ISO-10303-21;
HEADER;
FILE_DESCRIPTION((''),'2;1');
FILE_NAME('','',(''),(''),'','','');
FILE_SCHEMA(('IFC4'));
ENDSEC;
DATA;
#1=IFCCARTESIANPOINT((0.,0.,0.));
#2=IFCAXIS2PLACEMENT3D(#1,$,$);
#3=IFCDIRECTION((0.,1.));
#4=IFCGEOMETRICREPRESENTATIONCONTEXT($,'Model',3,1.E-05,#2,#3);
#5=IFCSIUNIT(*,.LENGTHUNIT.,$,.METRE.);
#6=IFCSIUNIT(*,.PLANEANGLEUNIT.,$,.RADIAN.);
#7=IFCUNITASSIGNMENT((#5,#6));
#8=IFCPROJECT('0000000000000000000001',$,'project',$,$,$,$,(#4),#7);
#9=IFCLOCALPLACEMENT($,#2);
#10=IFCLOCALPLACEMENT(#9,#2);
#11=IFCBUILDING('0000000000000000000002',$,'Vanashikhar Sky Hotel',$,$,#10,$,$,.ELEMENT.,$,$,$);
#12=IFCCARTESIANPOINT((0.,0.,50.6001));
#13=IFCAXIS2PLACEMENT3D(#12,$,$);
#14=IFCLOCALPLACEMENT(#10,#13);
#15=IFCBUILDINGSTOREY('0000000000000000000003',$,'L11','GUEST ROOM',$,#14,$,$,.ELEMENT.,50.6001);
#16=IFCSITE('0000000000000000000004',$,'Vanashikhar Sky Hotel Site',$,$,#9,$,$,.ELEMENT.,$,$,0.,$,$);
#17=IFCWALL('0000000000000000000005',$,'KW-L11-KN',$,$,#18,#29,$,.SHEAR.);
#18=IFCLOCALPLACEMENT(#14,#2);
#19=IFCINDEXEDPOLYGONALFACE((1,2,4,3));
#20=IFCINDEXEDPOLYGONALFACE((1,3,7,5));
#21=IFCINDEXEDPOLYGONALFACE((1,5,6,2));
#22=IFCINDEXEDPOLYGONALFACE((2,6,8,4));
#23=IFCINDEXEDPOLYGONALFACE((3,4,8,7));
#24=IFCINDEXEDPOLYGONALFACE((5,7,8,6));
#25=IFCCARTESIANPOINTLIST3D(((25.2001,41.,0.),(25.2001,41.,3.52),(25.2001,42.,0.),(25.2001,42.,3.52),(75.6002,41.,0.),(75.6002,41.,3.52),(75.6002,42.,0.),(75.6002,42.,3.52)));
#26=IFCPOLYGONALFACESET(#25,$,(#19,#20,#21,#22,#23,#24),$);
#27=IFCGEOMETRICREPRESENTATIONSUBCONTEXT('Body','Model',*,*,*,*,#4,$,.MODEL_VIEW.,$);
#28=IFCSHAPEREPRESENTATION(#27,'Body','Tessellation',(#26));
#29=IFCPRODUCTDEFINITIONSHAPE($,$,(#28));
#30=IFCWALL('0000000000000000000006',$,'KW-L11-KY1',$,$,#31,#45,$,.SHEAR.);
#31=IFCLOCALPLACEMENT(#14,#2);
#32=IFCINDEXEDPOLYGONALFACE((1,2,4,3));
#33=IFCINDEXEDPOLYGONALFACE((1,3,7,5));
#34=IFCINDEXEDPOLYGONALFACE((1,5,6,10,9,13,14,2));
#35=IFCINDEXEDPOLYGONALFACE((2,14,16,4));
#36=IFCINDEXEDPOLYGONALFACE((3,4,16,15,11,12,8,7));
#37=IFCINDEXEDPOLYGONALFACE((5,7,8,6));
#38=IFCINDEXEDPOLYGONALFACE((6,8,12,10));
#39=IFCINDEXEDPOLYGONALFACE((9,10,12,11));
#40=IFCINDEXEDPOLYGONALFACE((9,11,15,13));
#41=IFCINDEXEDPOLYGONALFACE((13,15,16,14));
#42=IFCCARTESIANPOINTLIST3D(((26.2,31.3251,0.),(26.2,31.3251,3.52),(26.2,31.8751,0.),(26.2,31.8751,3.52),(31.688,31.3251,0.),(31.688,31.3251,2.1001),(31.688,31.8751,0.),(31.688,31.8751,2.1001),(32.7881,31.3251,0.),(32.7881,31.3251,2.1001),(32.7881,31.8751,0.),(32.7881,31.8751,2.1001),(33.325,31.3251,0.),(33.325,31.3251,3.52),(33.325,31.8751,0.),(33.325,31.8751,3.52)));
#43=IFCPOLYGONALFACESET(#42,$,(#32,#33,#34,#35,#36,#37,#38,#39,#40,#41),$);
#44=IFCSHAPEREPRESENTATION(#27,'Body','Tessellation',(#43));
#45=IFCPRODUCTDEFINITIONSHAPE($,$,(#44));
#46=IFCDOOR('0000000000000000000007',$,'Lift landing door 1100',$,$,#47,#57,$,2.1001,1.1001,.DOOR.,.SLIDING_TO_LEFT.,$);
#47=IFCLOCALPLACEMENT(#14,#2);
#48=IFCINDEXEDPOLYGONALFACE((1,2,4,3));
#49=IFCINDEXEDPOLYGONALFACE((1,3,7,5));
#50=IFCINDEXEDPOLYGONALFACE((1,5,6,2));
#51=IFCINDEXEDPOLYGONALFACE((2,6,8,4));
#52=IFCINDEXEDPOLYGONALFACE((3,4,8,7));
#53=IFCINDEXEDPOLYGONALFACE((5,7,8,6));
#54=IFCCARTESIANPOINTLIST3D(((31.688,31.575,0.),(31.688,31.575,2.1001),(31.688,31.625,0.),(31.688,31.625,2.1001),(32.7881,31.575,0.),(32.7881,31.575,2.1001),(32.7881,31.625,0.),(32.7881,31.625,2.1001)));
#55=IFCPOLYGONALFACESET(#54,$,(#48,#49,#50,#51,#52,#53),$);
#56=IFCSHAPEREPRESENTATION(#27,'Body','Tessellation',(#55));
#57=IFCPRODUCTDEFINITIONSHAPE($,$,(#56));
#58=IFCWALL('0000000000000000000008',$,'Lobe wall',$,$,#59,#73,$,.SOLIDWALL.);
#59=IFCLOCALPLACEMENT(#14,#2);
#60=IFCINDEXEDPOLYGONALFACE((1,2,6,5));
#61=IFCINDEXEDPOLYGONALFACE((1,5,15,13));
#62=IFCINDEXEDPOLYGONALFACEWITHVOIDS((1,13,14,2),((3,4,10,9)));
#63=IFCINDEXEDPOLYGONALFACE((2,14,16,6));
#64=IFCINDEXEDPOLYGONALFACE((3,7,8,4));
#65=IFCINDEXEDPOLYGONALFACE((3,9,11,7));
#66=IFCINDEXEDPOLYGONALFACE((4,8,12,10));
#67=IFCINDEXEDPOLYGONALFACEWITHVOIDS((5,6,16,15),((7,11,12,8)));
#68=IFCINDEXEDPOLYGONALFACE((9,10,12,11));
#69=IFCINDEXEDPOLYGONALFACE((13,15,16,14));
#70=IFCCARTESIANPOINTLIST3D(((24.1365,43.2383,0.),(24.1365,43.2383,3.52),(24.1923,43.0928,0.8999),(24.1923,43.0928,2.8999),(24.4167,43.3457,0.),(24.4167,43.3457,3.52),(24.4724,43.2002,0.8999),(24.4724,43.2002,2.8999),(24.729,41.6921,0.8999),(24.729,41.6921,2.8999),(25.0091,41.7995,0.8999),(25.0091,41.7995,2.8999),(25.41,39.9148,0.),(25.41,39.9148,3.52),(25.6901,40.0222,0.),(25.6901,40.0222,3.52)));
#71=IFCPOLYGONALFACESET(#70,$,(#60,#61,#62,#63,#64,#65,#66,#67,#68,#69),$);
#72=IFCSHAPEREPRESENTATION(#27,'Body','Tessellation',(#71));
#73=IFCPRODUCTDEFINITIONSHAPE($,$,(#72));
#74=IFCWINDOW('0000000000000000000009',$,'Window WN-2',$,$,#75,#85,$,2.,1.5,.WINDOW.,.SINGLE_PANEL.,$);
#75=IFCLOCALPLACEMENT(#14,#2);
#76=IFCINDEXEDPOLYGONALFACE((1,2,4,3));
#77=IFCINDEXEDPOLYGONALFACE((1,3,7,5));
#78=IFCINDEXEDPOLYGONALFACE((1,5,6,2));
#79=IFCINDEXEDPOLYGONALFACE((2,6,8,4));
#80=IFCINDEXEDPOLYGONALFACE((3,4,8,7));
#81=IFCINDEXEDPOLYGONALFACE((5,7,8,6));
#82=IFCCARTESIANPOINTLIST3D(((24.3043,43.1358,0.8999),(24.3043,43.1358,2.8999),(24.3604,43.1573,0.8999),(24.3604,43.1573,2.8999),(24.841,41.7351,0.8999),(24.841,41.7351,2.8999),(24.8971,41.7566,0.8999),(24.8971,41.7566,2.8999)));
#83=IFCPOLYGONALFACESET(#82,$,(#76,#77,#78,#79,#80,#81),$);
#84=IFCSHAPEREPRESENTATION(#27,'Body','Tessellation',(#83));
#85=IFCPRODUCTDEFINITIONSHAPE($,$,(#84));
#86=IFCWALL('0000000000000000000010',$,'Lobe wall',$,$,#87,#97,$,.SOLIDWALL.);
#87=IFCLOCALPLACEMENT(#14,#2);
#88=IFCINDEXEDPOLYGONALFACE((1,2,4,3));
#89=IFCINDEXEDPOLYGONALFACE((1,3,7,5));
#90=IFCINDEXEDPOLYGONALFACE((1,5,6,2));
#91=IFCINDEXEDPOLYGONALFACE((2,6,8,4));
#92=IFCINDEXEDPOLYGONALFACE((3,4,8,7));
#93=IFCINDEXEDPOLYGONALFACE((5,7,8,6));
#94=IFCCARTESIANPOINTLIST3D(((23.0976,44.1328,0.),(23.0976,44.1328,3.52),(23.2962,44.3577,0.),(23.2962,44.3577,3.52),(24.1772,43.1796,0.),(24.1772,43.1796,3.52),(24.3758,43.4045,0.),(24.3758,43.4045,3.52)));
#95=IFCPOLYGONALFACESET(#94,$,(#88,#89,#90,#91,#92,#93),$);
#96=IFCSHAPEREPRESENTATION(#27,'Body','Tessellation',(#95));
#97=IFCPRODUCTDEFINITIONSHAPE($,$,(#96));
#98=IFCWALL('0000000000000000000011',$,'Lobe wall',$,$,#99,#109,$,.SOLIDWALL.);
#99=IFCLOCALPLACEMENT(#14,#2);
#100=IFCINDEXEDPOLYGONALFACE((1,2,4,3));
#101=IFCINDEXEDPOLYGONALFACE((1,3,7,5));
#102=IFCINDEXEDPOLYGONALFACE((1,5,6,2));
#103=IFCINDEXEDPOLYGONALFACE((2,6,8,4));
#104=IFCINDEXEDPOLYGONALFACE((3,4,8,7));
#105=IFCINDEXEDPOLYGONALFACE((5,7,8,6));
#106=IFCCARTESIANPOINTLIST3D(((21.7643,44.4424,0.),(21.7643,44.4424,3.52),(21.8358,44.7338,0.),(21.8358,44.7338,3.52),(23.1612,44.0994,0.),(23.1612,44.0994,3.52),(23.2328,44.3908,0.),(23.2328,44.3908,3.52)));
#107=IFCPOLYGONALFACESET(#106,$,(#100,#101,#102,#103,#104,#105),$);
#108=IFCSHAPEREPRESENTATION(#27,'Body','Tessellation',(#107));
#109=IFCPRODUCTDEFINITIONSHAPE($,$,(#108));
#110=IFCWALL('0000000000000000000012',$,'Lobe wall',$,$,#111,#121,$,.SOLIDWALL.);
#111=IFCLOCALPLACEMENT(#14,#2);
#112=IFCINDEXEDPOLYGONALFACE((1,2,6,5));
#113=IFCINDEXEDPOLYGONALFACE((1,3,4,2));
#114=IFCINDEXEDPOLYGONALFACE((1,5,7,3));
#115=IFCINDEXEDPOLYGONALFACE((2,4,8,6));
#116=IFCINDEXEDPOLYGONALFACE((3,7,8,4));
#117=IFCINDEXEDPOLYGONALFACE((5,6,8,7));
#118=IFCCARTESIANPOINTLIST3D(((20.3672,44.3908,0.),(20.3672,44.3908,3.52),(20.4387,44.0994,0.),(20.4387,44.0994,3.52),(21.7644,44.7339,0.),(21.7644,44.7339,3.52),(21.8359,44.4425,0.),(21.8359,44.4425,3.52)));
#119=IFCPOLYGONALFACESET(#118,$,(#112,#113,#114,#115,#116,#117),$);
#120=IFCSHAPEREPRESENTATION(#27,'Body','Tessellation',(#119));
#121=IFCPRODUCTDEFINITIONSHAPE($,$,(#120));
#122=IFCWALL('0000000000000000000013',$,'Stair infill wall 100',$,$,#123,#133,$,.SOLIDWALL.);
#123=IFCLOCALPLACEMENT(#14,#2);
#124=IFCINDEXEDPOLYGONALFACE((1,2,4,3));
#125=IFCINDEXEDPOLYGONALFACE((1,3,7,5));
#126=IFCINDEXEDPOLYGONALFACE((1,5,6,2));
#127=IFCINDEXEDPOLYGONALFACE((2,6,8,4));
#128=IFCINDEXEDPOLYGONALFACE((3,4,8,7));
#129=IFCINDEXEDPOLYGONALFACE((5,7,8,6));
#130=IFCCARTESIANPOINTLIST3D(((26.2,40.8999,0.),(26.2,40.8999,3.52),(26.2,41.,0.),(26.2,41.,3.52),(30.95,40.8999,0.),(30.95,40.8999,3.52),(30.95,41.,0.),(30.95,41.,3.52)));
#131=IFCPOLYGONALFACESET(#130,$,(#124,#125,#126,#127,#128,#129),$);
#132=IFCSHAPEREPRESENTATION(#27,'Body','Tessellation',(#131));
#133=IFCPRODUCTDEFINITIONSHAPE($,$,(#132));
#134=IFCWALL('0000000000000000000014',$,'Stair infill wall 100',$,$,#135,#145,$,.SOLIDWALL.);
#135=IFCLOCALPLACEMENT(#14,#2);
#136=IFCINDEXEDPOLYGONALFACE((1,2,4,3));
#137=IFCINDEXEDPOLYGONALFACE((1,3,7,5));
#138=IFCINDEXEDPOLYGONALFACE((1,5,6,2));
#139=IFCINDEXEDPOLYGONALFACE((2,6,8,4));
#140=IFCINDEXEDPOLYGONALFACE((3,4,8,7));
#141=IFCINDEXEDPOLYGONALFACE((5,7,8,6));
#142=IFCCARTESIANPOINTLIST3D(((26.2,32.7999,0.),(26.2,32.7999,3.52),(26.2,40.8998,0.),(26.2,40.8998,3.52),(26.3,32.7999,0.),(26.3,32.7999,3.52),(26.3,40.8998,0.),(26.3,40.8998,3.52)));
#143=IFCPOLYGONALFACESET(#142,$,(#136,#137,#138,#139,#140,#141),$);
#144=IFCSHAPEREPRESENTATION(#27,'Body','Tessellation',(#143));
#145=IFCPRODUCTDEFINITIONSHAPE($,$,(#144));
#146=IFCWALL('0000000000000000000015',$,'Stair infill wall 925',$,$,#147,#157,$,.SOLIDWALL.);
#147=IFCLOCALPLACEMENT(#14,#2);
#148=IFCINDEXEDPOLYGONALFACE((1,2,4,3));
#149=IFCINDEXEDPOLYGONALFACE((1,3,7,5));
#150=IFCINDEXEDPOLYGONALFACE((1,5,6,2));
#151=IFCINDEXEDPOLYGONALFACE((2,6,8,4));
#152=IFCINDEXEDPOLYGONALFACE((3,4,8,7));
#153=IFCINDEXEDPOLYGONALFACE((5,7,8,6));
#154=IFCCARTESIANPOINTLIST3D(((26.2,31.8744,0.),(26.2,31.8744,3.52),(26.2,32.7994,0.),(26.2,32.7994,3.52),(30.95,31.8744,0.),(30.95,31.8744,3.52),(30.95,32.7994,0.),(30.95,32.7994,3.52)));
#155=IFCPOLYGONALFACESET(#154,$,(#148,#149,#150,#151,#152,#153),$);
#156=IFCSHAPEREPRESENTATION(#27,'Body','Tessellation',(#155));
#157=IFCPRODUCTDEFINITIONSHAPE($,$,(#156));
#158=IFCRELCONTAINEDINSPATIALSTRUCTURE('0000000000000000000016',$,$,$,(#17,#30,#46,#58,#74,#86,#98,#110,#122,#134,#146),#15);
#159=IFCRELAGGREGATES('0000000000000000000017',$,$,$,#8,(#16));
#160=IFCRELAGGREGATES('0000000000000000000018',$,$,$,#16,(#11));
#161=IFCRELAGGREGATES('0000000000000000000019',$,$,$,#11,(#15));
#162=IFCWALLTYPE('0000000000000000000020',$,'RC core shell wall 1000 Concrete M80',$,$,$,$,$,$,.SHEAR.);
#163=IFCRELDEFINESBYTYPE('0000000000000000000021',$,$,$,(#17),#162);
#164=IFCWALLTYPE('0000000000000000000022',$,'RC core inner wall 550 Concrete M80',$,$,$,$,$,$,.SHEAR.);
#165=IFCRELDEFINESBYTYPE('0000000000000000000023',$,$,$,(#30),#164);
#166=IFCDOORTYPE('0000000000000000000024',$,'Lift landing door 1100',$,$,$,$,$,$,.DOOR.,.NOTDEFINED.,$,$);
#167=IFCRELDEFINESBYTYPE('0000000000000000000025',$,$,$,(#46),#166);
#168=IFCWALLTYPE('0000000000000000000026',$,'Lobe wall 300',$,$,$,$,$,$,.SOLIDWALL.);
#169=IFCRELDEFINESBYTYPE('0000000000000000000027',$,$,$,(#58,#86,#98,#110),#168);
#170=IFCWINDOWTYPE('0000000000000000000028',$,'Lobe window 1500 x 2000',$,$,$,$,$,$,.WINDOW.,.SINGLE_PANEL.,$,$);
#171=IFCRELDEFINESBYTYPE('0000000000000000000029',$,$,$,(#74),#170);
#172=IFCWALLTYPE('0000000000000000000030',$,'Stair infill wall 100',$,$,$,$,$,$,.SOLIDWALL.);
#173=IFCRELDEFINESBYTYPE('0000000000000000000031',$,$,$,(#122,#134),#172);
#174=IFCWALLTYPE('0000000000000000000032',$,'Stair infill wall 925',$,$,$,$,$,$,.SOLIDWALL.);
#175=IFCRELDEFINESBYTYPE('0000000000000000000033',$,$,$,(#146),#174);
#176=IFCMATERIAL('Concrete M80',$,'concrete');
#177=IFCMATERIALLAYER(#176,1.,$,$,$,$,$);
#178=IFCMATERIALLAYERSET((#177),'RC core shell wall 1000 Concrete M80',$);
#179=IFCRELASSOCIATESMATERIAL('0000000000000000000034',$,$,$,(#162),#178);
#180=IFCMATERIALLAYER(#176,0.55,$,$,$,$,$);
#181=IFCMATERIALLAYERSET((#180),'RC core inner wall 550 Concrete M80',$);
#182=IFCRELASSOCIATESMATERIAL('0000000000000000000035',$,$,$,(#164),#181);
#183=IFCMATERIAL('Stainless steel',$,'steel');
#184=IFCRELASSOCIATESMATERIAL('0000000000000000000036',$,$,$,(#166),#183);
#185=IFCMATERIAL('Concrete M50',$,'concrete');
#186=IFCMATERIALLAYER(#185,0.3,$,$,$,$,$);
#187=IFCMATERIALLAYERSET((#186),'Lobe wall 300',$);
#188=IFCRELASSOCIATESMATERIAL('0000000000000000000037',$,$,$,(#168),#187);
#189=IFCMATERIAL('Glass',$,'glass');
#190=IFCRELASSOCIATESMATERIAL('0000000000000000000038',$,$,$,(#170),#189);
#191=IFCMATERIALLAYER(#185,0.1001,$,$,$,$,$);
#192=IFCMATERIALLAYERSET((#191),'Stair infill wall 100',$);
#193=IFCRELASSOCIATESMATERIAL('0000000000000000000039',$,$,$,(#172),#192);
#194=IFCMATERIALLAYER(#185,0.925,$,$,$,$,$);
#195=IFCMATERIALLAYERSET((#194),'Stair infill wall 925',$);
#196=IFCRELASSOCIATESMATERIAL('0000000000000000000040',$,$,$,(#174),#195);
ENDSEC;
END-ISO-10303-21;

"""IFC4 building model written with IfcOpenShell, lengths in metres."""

from ifc_helpers import new_model, si_unit, direction, frame, frame_2d, origin, place, context, subcontext, project, spatial, rectangle, extrude, source, transform, mapped, material, layer, layer_set, type_object, element, fill, save


model = new_model("IFC4")

# Units and contexts
model_context = context("Model", 3, precision=1e-05, world=origin(), true_north=direction((0.0, 1.0)))
body_context = subcontext(model_context, "Body", "Model", "MODEL_VIEW")
ifc_project = project(units=[si_unit("LENGTHUNIT", "METRE"), si_unit("PLANEANGLEUNIT", "RADIAN")], contexts=[model_context])

# Site, building, storey
site_placement = place(None, origin())
site = spatial("IfcSite", under=ifc_project, at=site_placement, Name="Vanashikhar Sky Hotel Site", CompositionType="ELEMENT", RefElevation=0.0)
building_placement = place(site_placement, origin())
building = spatial("IfcBuilding", under=site, at=building_placement, Name="Vanashikhar Sky Hotel", CompositionType="ELEMENT")
storey_placement = place(building_placement, frame((0.0, 0.0, 50.6001)))
storey = spatial("IfcBuildingStorey", under=building, at=storey_placement, Name="L11", Description="GUEST ROOM", CompositionType="ELEMENT", Elevation=50.6001)

# Wall
ifc_material_1 = material(Name="Concrete M80", Category="concrete")
ifc_layer_1 = layer(ifc_material_1, 1.0)
ifc_layer_set_1 = layer_set([ifc_layer_1], Name="RC core shell wall 1000 Concrete M80")
wall_type_1 = type_object("IfcWallType", Name="RC core shell wall 1000 Concrete M80", PredefinedType="SHEAR", material=ifc_layer_set_1)
shared_shape_1 = source(origin(), body_context, "Body", "SweptSolid", [
    extrude(rectangle(XDim=50.4001, YDim=1.0, at=frame_2d((25.2002, 0.0))), origin(), (0.0, 0.0, 1.0), 3.52),
])
wall_1_placement = place(storey_placement, frame((25.2, 41.5, 0.0), z_axis=(0.0, 0.0, 1.0), x_axis=(1.0, 0.0, 0.0)))
element("IfcWall", 1, at=wall_1_placement, inside=storey, type_object=wall_type_1, Name="KW-L11-KN", PredefinedType="SHEAR", context=body_context, shape_type="MappedRepresentation", body=[
    mapped(shared_shape_1, transform((0.0, 0.0, 0.0), scale=1.0)),
])

# Wall, opening, door
ifc_layer_2 = layer(ifc_material_1, 0.55)
ifc_layer_set_2 = layer_set([ifc_layer_2], Name="RC core inner wall 550 Concrete M80")
wall_type_2 = type_object("IfcWallType", Name="RC core inner wall 550 Concrete M80", PredefinedType="SHEAR", material=ifc_layer_set_2)
shared_shape_2 = source(origin(), body_context, "Body", "SweptSolid", [
    extrude(rectangle(XDim=7.125, YDim=0.55, at=frame_2d((3.5625, 0.0))), origin(), (0.0, 0.0, 1.0), 3.52),
])
wall_2_placement = place(storey_placement, frame((26.2, 31.6001, 0.0), z_axis=(0.0, 0.0, 1.0), x_axis=(1.0, 0.0, 0.0)))
wall_2 = element("IfcWall", 2, at=wall_2_placement, inside=storey, type_object=wall_type_2, Name="KW-L11-KY1", PredefinedType="SHEAR", context=body_context, shape_type="MappedRepresentation", body=[
    mapped(shared_shape_2, transform((0.0, 0.0, 0.0), scale=1.0)),
])
shared_shape_3 = source(origin(), body_context, "Body", "SweptSolid", [
    extrude(rectangle(XDim=1.1001, YDim=2.1001, at=frame_2d((0.55, 1.05))), frame((0.0, 0.2852, 0.0), z_axis=(0.0, -1.0, 0.0), x_axis=(1.0, 0.0, 0.0)), (0.0, 0.0, 1.0), 0.5701),
])
opening_1_placement = place(wall_2_placement, frame((5.488, 0.0, 0.0)))
opening_1 = element("IfcOpeningElement", 3, at=opening_1_placement, cuts=wall_2, PredefinedType="OPENING", context=body_context, shape_type="MappedRepresentation", body=[
    mapped(shared_shape_3, transform((0.0, 0.0, 0.0), scale=1.0)),
])
ifc_material_2 = material(Name="Stainless steel", Category="steel")
door_type = type_object("IfcDoorType", Name="Lift landing door 1100", OperationType="NOTDEFINED", PredefinedType="DOOR", material=ifc_material_2)
shared_shape_4 = source(origin(), body_context, "Body", "SweptSolid", [
    extrude(rectangle(XDim=1.1001, YDim=2.1001, at=frame_2d((0.55, 1.05))), frame((0.0, 0.0249, 0.0), z_axis=(0.0, -1.0, 0.0), x_axis=(1.0, 0.0, 0.0)), (0.0, 0.0, 1.0), 0.05),
])
door_placement = place(opening_1_placement, origin())
door = element("IfcDoor", 4, at=door_placement, inside=storey, type_object=door_type, Name="Lift landing door 1100", OperationType="SLIDING_TO_LEFT", OverallHeight=2.1001, OverallWidth=1.1001, PredefinedType="DOOR", context=body_context, shape_type="MappedRepresentation", body=[
    mapped(shared_shape_4, transform((0.0, 0.0, 0.0), scale=1.0)),
])
fill(opening_1, door)

# Wall, opening, window
ifc_material_3 = material(Name="Concrete M50", Category="concrete")
ifc_layer_3 = layer(ifc_material_3, 0.3)
ifc_layer_set_3 = layer_set([ifc_layer_3], Name="Lobe wall 300")
wall_type_3 = type_object("IfcWallType", Name="Lobe wall 300", PredefinedType="SOLIDWALL", material=ifc_layer_set_3)
shared_shape_5 = source(origin(), body_context, "Body", "SweptSolid", [
    extrude(rectangle(XDim=3.5591, YDim=0.3, at=frame_2d((1.7795, 0.0))), origin(), (0.0, 0.0, 1.0), 3.52),
])
wall_3_placement = place(storey_placement, frame((25.55, 39.9685, 0.0), z_axis=(0.0, 0.0, 1.0), x_axis=(-0.357797, 0.933799, 0.0)))
wall_3 = element("IfcWall", 5, at=wall_3_placement, inside=storey, type_object=wall_type_3, Name="Lobe wall", PredefinedType="SOLIDWALL", context=body_context, shape_type="MappedRepresentation", body=[
    mapped(shared_shape_5, transform((0.0, 0.0, 0.0), scale=1.0)),
])
shared_shape_6 = source(origin(), body_context, "Body", "SweptSolid", [
    extrude(rectangle(XDim=1.5, YDim=2.0, at=frame_2d((0.75, 1.0))), frame((0.0, 0.1602, 0.0), z_axis=(0.0, -1.0, 0.0), x_axis=(1.0, 0.0, 0.0)), (0.0, 0.0, 1.0), 0.3201),
])
opening_2_placement = place(wall_3_placement, frame((1.9033, 0.0, 0.8999)))
opening_2 = element("IfcOpeningElement", 6, at=opening_2_placement, cuts=wall_3, PredefinedType="OPENING", context=body_context, shape_type="MappedRepresentation", body=[
    mapped(shared_shape_6, transform((0.0, 0.0, 0.0), scale=1.0)),
])
ifc_material_4 = material(Name="Glass", Category="glass")
window_type = type_object("IfcWindowType", Name="Lobe window 1500 x 2000", PartitioningType="SINGLE_PANEL", PredefinedType="WINDOW", material=ifc_material_4)
shared_shape_7 = source(origin(), body_context, "Body", "SweptSolid", [
    extrude(rectangle(XDim=1.5, YDim=2.0, at=frame_2d((0.75, 1.0))), frame((0.0, 0.03, 0.0), z_axis=(0.0, -1.0, 0.0), x_axis=(1.0, 0.0, 0.0)), (0.0, 0.0, 1.0), 0.0601),
])
window_placement = place(opening_2_placement, origin())
window = element("IfcWindow", 7, at=window_placement, inside=storey, type_object=window_type, Name="Window WN-2", OverallHeight=2.0, OverallWidth=1.5, PartitioningType="SINGLE_PANEL", PredefinedType="WINDOW", context=body_context, shape_type="MappedRepresentation", body=[
    mapped(shared_shape_7, transform((0.0, 0.0, 0.0), scale=1.0)),
])
fill(opening_2, window)

# Walls
shared_shape_8 = source(origin(), body_context, "Body", "SweptSolid", [
    extrude(rectangle(XDim=1.4402, YDim=0.3, at=frame_2d((0.7202, 0.0))), origin(), (0.0, 0.0, 1.0), 3.52),
])
wall_4_placement = place(storey_placement, frame((24.2766, 43.292, 0.0), z_axis=(0.0, 0.0, 1.0), x_axis=(-0.74965, 0.661835, 0.0)))
element("IfcWall", 8, at=wall_4_placement, inside=storey, type_object=wall_type_3, Name="Lobe wall", PredefinedType="SOLIDWALL", context=body_context, shape_type="MappedRepresentation", body=[
    mapped(shared_shape_8, transform((0.0, 0.0, 0.0), scale=1.0)),
])
shared_shape_9 = source(origin(), body_context, "Body", "SweptSolid", [
    extrude(rectangle(XDim=1.4385, YDim=0.3, at=frame_2d((0.7192, 0.0))), origin(), (0.0, 0.0, 1.0), 3.52),
])
wall_5_placement = place(storey_placement, frame((23.197, 44.2451, 0.0), z_axis=(0.0, 0.0, 1.0), x_axis=(-0.971152, 0.23846, 0.0)))
element("IfcWall", 9, at=wall_5_placement, inside=storey, type_object=wall_type_3, Name="Lobe wall", PredefinedType="SOLIDWALL", context=body_context, shape_type="MappedRepresentation", body=[
    mapped(shared_shape_9, transform((0.0, 0.0, 0.0), scale=1.0)),
])
shared_shape_10 = source(origin(), body_context, "Body", "SweptSolid", [
    extrude(rectangle(XDim=1.4387, YDim=0.3, at=frame_2d((0.7192, 0.0))), origin(), (0.0, 0.0, 1.0), 3.52),
])
wall_6_placement = place(storey_placement, frame((21.8, 44.5881, 0.0), z_axis=(0.0, 0.0, 1.0), x_axis=(-0.971162, -0.238421, 0.0)))
element("IfcWall", 10, at=wall_6_placement, inside=storey, type_object=wall_type_3, Name="Lobe wall", PredefinedType="SOLIDWALL", context=body_context, shape_type="MappedRepresentation", body=[
    mapped(shared_shape_10, transform((0.0, 0.0, 0.0), scale=1.0)),
])
ifc_layer_4 = layer(ifc_material_3, 0.1001)
ifc_layer_set_4 = layer_set([ifc_layer_4], Name="Stair infill wall 100")
wall_type_4 = type_object("IfcWallType", Name="Stair infill wall 100", PredefinedType="SOLIDWALL", material=ifc_layer_set_4)
shared_shape_11 = source(origin(), body_context, "Body", "SweptSolid", [
    extrude(rectangle(XDim=4.75, YDim=0.1001, at=frame_2d((2.375, 0.0))), origin(), (0.0, 0.0, 1.0), 3.52),
])
wall_7_placement = place(storey_placement, frame((26.2, 40.95, 0.0), z_axis=(0.0, 0.0, 1.0), x_axis=(1.0, 0.0, 0.0)))
element("IfcWall", 11, at=wall_7_placement, inside=storey, type_object=wall_type_4, Name="Stair infill wall 100", PredefinedType="SOLIDWALL", context=body_context, shape_type="MappedRepresentation", body=[
    mapped(shared_shape_11, transform((0.0, 0.0, 0.0), scale=1.0)),
])
shared_shape_12 = source(origin(), body_context, "Body", "SweptSolid", [
    extrude(rectangle(XDim=8.0999, YDim=0.1001, at=frame_2d((4.0498, 0.0))), origin(), (0.0, 0.0, 1.0), 3.52),
])
wall_8_placement = place(storey_placement, frame((26.25, 32.8, 0.0), z_axis=(0.0, 0.0, 1.0), x_axis=(0.0, 1.0, 0.0)))
element("IfcWall", 12, at=wall_8_placement, inside=storey, type_object=wall_type_4, Name="Stair infill wall 100", PredefinedType="SOLIDWALL", context=body_context, shape_type="MappedRepresentation", body=[
    mapped(shared_shape_12, transform((0.0, 0.0, 0.0), scale=1.0)),
])
ifc_layer_5 = layer(ifc_material_3, 0.925)
ifc_layer_set_5 = layer_set([ifc_layer_5], Name="Stair infill wall 925")
wall_type_5 = type_object("IfcWallType", Name="Stair infill wall 925", PredefinedType="SOLIDWALL", material=ifc_layer_set_5)
shared_shape_13 = source(origin(), body_context, "Body", "SweptSolid", [
    extrude(rectangle(XDim=4.75, YDim=0.925, at=frame_2d((2.375, 0.0))), origin(), (0.0, 0.0, 1.0), 3.52),
])
wall_9_placement = place(storey_placement, frame((26.2, 32.3369, 0.0), z_axis=(0.0, 0.0, 1.0), x_axis=(1.0, 0.0, 0.0)))
element("IfcWall", 13, at=wall_9_placement, inside=storey, type_object=wall_type_5, Name="Stair infill wall 925", PredefinedType="SOLIDWALL", context=body_context, shape_type="MappedRepresentation", body=[
    mapped(shared_shape_13, transform((0.0, 0.0, 0.0), scale=1.0)),
])

save(model, "model.ifc")
